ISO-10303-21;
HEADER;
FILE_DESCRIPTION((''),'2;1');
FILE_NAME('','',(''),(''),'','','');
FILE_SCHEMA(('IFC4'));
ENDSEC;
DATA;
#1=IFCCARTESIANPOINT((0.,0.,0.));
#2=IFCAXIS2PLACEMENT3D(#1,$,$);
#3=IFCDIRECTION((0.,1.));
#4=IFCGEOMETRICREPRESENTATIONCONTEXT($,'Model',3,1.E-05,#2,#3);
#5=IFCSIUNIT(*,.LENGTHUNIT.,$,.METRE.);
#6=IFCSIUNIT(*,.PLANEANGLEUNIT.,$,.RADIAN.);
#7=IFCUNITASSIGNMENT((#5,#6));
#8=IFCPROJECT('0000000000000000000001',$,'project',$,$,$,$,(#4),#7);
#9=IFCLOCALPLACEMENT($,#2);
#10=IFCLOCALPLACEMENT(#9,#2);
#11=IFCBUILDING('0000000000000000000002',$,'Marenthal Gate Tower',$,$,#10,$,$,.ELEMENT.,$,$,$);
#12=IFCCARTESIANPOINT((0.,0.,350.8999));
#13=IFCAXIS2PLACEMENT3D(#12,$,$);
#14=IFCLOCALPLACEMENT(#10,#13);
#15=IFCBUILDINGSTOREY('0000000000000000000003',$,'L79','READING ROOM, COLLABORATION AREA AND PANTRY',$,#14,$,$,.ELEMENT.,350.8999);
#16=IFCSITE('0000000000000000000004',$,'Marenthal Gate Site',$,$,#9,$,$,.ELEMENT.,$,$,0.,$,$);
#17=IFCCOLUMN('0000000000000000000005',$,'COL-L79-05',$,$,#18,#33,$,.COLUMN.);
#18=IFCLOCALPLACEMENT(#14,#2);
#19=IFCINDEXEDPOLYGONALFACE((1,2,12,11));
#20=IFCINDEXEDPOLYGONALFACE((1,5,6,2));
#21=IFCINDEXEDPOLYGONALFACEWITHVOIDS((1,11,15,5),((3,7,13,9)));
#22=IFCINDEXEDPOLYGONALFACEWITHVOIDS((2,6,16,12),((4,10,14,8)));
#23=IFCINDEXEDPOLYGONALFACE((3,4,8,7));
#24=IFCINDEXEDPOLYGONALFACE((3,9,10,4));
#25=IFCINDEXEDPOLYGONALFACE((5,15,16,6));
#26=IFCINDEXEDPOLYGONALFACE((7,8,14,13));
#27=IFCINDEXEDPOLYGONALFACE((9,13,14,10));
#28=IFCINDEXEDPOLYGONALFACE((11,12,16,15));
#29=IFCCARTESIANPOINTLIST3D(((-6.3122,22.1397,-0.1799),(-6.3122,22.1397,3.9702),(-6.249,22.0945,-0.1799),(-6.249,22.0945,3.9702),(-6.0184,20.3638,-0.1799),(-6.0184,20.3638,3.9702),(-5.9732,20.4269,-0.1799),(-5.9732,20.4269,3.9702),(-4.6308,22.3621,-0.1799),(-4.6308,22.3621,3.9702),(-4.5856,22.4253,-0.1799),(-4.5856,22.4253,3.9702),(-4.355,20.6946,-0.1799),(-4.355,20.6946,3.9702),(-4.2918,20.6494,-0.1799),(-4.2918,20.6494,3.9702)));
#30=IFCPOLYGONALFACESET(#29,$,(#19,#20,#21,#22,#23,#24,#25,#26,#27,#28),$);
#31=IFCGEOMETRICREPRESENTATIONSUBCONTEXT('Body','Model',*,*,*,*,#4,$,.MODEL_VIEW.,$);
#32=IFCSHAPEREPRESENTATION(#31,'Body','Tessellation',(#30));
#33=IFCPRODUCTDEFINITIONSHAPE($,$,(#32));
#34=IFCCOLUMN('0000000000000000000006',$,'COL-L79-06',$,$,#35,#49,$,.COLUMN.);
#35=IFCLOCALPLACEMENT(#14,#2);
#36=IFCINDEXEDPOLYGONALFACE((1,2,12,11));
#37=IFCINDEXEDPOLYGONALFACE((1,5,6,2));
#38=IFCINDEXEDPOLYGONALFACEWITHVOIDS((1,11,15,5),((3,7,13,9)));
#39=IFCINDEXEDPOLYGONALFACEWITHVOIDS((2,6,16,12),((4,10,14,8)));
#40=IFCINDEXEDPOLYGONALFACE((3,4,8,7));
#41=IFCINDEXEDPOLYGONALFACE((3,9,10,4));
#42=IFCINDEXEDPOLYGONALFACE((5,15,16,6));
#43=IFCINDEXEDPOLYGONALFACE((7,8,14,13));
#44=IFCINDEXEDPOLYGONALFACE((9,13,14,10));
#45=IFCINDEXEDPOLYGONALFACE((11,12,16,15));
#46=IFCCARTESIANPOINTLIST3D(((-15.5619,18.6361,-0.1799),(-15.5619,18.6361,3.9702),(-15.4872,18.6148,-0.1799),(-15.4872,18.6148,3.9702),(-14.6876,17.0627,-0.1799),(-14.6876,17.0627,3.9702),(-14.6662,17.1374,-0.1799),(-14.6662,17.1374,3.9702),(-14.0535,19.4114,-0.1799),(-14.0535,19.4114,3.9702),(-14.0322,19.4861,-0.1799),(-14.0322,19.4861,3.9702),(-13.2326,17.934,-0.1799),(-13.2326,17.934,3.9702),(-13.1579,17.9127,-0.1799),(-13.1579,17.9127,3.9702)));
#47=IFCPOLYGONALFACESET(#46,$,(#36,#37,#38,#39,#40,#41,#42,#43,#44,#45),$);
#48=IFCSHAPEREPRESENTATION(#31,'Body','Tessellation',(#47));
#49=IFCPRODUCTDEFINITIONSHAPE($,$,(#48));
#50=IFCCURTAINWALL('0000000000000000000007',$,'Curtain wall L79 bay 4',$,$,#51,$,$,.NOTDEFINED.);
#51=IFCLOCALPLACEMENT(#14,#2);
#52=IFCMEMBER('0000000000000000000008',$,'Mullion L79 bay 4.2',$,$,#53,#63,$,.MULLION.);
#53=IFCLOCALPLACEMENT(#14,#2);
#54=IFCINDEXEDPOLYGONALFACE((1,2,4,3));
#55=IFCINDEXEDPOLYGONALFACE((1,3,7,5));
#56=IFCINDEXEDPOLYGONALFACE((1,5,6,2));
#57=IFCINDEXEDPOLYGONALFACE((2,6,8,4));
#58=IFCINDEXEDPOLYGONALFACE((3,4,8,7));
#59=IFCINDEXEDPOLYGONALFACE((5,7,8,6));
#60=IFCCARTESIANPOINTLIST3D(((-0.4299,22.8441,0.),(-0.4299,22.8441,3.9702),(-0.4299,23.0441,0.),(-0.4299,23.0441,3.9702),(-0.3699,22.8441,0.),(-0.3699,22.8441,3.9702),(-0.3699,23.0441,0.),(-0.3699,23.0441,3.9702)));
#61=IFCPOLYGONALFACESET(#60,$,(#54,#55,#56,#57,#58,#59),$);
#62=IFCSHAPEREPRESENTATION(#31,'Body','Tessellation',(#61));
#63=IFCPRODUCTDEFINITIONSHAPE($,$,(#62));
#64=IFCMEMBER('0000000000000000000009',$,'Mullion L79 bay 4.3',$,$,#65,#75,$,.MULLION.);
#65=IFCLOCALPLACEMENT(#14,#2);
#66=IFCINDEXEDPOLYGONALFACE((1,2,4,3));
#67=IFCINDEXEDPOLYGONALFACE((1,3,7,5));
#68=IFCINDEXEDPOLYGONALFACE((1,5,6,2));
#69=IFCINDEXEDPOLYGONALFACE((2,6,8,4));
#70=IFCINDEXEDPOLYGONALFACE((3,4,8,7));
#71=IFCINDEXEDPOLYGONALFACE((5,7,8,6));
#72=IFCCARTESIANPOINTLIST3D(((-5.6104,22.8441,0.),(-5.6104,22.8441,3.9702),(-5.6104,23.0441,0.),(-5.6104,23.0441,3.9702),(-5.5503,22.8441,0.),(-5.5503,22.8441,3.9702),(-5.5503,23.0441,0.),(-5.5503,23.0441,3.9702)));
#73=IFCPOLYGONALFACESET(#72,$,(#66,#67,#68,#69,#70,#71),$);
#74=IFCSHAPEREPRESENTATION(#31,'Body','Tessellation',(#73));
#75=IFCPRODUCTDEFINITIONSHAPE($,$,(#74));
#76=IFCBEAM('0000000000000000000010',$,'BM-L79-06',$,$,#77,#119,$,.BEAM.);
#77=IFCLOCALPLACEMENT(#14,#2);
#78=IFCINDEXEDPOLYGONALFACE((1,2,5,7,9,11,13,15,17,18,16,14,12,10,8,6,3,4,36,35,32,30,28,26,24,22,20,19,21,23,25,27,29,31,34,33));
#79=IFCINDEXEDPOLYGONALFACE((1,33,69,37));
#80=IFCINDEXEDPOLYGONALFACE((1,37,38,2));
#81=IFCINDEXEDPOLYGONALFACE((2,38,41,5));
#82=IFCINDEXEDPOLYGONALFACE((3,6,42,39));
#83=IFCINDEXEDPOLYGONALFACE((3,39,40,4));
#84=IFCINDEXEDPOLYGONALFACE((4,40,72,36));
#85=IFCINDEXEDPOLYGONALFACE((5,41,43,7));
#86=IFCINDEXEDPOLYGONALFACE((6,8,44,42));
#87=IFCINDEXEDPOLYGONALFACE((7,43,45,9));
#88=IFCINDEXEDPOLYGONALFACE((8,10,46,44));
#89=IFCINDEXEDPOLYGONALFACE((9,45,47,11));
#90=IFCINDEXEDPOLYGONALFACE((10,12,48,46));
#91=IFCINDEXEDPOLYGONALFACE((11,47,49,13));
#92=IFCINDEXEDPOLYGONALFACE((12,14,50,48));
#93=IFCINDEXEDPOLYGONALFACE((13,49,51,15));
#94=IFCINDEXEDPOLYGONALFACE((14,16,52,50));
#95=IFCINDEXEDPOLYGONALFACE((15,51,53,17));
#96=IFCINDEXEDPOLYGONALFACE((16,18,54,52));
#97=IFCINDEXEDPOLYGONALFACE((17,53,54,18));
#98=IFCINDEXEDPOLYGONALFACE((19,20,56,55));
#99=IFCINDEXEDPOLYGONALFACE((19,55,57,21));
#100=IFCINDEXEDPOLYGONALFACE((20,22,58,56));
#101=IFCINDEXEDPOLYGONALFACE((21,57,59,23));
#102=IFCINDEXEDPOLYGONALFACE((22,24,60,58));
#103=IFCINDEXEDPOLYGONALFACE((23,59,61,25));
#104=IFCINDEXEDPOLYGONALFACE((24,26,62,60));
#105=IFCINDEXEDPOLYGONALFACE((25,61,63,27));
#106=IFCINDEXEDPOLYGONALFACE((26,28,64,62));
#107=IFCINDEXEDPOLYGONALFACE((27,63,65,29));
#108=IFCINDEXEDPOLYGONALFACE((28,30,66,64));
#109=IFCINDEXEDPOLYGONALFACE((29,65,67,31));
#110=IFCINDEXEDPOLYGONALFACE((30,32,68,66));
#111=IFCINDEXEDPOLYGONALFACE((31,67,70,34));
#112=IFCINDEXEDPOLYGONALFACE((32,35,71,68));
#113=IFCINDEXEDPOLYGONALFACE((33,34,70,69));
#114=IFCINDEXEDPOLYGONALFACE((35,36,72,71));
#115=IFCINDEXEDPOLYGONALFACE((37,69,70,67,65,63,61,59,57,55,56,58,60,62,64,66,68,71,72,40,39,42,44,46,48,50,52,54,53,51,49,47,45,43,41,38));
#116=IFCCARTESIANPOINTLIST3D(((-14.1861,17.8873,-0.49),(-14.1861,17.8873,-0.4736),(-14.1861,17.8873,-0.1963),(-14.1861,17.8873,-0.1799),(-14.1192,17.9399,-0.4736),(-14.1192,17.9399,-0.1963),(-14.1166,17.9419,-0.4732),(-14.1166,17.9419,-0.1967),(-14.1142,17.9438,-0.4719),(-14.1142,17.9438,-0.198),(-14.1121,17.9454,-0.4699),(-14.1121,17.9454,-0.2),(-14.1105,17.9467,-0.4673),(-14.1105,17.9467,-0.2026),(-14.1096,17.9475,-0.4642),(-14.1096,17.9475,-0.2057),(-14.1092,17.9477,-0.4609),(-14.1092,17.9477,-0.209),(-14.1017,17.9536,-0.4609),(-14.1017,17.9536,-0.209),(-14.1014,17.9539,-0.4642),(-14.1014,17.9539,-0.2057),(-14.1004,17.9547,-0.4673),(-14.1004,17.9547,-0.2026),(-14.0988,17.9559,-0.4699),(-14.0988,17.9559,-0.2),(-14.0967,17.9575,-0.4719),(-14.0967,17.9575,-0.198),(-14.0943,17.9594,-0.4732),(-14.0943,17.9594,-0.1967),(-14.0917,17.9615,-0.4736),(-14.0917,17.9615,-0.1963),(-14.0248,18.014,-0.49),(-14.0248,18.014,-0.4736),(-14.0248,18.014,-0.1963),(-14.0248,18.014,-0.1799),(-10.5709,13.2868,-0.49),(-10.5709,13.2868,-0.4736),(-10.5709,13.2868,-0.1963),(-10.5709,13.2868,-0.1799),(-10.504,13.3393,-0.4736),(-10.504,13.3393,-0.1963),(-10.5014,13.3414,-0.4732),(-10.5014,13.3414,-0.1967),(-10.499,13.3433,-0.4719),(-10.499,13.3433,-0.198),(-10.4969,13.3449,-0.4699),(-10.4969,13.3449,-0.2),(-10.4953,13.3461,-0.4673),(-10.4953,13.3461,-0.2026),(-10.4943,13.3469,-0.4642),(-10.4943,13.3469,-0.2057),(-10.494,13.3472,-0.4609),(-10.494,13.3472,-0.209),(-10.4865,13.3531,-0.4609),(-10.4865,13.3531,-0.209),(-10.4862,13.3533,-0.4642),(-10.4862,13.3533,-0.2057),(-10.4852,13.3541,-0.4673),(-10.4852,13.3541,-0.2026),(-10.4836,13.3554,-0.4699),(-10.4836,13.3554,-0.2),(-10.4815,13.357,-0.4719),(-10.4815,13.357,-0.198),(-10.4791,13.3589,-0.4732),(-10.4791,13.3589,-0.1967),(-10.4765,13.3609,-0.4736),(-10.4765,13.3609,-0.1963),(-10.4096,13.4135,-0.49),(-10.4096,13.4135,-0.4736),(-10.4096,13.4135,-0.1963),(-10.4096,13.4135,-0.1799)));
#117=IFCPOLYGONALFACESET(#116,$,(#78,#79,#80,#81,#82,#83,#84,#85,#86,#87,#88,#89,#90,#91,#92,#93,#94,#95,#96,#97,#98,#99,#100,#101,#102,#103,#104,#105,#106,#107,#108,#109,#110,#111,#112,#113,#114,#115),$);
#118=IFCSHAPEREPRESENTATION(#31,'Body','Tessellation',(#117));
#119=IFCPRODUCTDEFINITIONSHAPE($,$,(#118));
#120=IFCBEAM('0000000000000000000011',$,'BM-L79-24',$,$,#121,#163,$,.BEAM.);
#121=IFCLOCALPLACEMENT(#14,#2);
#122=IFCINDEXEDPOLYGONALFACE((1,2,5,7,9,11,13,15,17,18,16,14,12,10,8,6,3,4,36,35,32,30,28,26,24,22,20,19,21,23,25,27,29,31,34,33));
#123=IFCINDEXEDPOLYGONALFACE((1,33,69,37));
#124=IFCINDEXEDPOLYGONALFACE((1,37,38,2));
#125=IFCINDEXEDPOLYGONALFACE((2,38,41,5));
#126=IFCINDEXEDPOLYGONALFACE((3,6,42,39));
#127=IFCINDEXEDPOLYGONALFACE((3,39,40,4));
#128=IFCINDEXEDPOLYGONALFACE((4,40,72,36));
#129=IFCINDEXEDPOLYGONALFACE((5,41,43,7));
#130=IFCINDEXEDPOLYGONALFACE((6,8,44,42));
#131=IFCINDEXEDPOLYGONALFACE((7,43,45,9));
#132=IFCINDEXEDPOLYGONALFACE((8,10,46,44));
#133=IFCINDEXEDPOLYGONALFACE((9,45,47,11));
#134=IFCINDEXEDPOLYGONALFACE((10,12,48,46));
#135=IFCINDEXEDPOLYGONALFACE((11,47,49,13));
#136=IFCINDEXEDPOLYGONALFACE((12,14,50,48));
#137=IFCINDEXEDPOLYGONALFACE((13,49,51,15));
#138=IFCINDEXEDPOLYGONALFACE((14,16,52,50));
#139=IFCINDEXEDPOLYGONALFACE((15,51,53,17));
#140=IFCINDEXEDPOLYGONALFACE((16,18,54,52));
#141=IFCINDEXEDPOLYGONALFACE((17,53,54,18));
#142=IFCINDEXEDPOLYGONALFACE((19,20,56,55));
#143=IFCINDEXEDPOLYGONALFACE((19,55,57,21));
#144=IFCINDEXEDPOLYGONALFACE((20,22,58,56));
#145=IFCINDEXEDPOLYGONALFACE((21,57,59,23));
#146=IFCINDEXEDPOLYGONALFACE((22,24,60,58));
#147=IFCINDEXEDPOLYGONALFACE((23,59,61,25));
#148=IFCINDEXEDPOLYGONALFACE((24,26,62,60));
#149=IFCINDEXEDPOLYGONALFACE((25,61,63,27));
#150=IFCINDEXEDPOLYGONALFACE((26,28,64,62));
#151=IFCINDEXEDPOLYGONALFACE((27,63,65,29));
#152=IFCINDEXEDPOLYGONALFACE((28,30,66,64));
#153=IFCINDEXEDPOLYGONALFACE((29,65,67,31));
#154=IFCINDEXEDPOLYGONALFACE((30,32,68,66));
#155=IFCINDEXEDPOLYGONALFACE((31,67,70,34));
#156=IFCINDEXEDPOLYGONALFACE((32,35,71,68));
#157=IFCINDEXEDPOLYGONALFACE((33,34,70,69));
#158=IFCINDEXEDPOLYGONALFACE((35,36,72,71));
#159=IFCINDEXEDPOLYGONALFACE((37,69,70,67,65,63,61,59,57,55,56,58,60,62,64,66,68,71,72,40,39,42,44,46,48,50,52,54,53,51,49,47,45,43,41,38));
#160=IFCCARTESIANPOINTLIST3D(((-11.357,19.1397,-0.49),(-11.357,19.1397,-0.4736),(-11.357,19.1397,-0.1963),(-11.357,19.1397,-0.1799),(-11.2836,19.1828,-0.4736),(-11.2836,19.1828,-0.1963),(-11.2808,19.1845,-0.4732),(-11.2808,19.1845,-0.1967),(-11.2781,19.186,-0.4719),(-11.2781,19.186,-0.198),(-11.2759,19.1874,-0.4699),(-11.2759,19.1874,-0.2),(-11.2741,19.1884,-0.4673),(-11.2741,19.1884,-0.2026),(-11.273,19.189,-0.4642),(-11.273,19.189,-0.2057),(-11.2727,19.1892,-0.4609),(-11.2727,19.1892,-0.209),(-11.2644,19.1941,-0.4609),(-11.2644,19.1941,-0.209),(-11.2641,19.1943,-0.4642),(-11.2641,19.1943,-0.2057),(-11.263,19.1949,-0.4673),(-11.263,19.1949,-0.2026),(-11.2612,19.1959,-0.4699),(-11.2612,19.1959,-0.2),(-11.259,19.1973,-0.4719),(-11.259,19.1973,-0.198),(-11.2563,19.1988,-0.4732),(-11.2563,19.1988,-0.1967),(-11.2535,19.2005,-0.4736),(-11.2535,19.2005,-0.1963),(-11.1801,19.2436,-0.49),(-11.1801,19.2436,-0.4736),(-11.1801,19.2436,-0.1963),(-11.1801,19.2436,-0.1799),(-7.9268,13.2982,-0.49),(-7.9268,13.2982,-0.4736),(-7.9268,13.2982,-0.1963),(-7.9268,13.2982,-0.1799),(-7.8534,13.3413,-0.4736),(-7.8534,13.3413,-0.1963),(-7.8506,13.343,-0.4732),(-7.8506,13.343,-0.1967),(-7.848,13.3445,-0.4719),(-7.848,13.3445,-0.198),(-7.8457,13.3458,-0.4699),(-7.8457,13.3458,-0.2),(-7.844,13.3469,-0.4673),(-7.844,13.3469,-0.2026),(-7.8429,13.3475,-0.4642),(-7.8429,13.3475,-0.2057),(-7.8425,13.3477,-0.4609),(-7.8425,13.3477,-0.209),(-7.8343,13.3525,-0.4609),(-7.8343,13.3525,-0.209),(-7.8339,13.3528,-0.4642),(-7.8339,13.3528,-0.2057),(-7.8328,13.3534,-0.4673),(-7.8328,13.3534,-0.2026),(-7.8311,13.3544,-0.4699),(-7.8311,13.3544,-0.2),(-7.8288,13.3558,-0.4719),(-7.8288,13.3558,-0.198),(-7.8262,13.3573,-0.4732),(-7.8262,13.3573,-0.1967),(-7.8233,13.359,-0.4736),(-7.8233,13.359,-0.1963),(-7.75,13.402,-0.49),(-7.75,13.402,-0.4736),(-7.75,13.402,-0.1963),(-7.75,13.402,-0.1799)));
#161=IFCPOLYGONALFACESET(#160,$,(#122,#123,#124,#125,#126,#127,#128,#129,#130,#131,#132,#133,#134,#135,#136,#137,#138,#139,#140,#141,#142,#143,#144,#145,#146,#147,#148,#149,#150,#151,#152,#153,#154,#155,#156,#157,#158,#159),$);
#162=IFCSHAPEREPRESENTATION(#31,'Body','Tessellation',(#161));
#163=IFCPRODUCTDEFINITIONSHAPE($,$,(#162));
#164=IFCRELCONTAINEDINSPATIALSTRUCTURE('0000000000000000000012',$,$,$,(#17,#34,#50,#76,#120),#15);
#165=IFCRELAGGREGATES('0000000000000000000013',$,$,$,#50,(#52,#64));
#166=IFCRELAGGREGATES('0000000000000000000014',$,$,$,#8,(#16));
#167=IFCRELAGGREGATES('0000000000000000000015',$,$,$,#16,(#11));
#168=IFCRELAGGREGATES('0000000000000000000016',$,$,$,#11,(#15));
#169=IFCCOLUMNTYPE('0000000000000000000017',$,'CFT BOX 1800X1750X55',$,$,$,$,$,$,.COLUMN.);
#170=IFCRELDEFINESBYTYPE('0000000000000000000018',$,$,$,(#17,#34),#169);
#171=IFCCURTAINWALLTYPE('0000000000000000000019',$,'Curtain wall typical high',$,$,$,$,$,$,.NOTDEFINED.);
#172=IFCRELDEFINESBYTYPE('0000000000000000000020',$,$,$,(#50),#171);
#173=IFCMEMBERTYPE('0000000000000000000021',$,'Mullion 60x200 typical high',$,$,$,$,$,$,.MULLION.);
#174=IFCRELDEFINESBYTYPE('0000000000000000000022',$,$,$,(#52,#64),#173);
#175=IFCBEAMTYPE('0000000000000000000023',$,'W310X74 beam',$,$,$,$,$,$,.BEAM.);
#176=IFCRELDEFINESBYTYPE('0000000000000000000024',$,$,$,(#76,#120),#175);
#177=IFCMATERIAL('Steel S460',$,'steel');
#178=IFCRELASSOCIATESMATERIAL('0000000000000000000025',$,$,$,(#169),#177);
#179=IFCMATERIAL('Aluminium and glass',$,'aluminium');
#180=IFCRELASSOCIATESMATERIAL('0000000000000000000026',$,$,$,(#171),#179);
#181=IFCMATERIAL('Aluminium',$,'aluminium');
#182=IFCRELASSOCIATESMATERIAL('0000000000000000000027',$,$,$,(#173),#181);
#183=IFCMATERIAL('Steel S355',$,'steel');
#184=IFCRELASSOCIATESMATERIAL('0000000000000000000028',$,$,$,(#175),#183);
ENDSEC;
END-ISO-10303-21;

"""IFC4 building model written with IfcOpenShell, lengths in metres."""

from ifc_helpers import new_model, si_unit, direction, frame, origin, origin_2d, place, context, subcontext, project, spatial, rectangle, hollow_rectangle, i_section, extrude, material, material_profile, profile_set, type_object, element, aggregate, save


model = new_model("IFC4")

# Units and contexts
model_context = context("Model", 3, precision=1e-05, world=origin(), true_north=direction((0.0, 1.0)))
body_context = subcontext(model_context, "Body", "Model", "MODEL_VIEW")
ifc_project = project(units=[si_unit("LENGTHUNIT", "METRE"), si_unit("PLANEANGLEUNIT", "RADIAN")], contexts=[model_context])

# Site, building, storey
site_placement = place(None, origin())
site = spatial("IfcSite", under=ifc_project, at=site_placement, Name="Marenthal Gate Site", CompositionType="ELEMENT", RefElevation=0.0)
building_placement = place(site_placement, origin())
building = spatial("IfcBuilding", under=site, at=building_placement, Name="Marenthal Gate Tower", CompositionType="ELEMENT")
storey_placement = place(building_placement, frame((0.0, 0.0, 350.8999)))
storey = spatial("IfcBuildingStorey", under=building, at=storey_placement, Name="L79", Description="READING ROOM, COLLABORATION AREA AND PANTRY", CompositionType="ELEMENT", Elevation=350.8999)

# Columns
ifc_material_1 = material(Name="Steel S460", Category="steel")
ifc_material_profile_1 = material_profile(ifc_material_1, hollow_rectangle(XDim=1.75, YDim=1.8, WallThickness=0.0549, at=origin_2d()), Name="CFT BOX 1800X1750X55")
ifc_material_2 = material(Name="Concrete 70 MPa", Category="concrete")
ifc_material_profile_2 = material_profile(ifc_material_2, rectangle(XDim=1.6399, YDim=1.6899, at=origin_2d()), Name="CFT BOX 1800X1750X55 INFILL")
ifc_profile_set_1 = profile_set([ifc_material_profile_1, ifc_material_profile_2], Name="Steel S460 shell, Concrete 70 MPa infill")
column_type = type_object("IfcColumnType", Name="CFT BOX 1800X1750X55", PredefinedType="COLUMN", material=ifc_profile_set_1)
for number, where, z_axis, x_axis, name in (
    (1, (-5.302, 21.3945, -0.1799), (0.0, 0.0, 1.0), (0.986593, 0.1632, 0.0), "COL-L79-05"),
    (2, (-14.3599, 18.2744, -0.1799), (0.0, 0.0, 1.0), (0.874116, 0.485718, 0.0), "COL-L79-06"),
):
    element("IfcColumn", number, at=place(storey_placement, frame(where, z_axis=z_axis, x_axis=x_axis)), inside=storey, type_object=column_type, Name=name, PredefinedType="COLUMN", context=body_context, shape_type="SweptSolid", body=[
        extrude(hollow_rectangle(XDim=1.75, YDim=1.8, WallThickness=0.0549, at=origin_2d()), origin(), (0.0, 0.0, 1.0), 4.1501),
    ])

# Curtain wall, members
ifc_material_3 = material(Name="Aluminium and glass", Category="aluminium")
curtain_wall_type = type_object("IfcCurtainWallType", Name="Curtain wall typical high", PredefinedType="NOTDEFINED", material=ifc_material_3)
curtain_wall_placement = place(storey_placement, origin())
curtain_wall = element("IfcCurtainWall", 3, at=curtain_wall_placement, inside=storey, type_object=curtain_wall_type, Name="Curtain wall L79 bay 4", PredefinedType="NOTDEFINED")
ifc_material_4 = material(Name="Aluminium", Category="aluminium")
ifc_material_profile_3 = material_profile(ifc_material_4, rectangle(XDim=0.2, YDim=0.0601, at=origin_2d()), Name="60x200 aluminium mullion")
ifc_profile_set_2 = profile_set([ifc_material_profile_3], Name="Aluminium")
member_type = type_object("IfcMemberType", Name="Mullion 60x200 typical high", PredefinedType="MULLION", material=ifc_profile_set_2)
member_1_placement = place(storey_placement, frame((-0.3999, 22.9441, 0.0), z_axis=(0.0, 0.0, 1.0), x_axis=(0.0, -1.0, 0.0)))
member_1 = element("IfcMember", 4, at=member_1_placement, type_object=member_type, Name="Mullion L79 bay 4.2", PredefinedType="MULLION", context=body_context, shape_type="SweptSolid", body=[
    extrude(rectangle(XDim=0.2, YDim=0.0601, at=origin_2d()), origin(), (0.0, 0.0, 1.0), 3.9702),
])
member_2_placement = place(storey_placement, frame((-5.5803, 22.9441, 0.0), z_axis=(0.0, 0.0, 1.0), x_axis=(0.0, -1.0, 0.0)))
member_2 = element("IfcMember", 5, at=member_2_placement, type_object=member_type, Name="Mullion L79 bay 4.3", PredefinedType="MULLION", context=body_context, shape_type="SweptSolid", body=[
    extrude(rectangle(XDim=0.2, YDim=0.0601, at=origin_2d()), origin(), (0.0, 0.0, 1.0), 3.9702),
])

# Beams
ifc_material_5 = material(Name="Steel S355", Category="steel")
ifc_material_profile_4 = material_profile(ifc_material_5, i_section(OverallWidth=0.2051, OverallDepth=0.3101, WebThickness=0.0095, FlangeThickness=0.0164, FilletRadius=0.0127, at=origin_2d()), Name="W310X74")
ifc_profile_set_3 = profile_set([ifc_material_profile_4], Name="Steel S355")
beam_type_1 = type_object("IfcBeamType", Name="W310X74 beam", PredefinedType="BEAM", material=ifc_profile_set_3)
beam_1_placement = place(storey_placement, frame((-14.1055, 17.9507, -0.335), z_axis=(0.617873, -0.786278, 0.0), x_axis=(0.786278, 0.617873, 0.0)))
element("IfcBeam", 6, at=beam_1_placement, inside=storey, type_object=beam_type_1, Name="BM-L79-06", PredefinedType="BEAM", context=body_context, shape_type="SweptSolid", body=[
    extrude(i_section(OverallWidth=0.2051, OverallDepth=0.3101, WebThickness=0.0095, FlangeThickness=0.0164, FilletRadius=0.0127, at=origin_2d()), origin(), (0.0, 0.0, 1.0), 5.8511),
])
beam_2_placement = place(storey_placement, frame((-11.2686, 19.1917, -0.335), z_axis=(0.506358, -0.862323, 0.0), x_axis=(0.862323, 0.506358, 0.0)))
element("IfcBeam", 7, at=beam_2_placement, inside=storey, type_object=beam_type_1, Name="BM-L79-24", PredefinedType="BEAM", context=body_context, shape_type="SweptSolid", body=[
    extrude(i_section(OverallWidth=0.2051, OverallDepth=0.3101, WebThickness=0.0095, FlangeThickness=0.0164, FilletRadius=0.0127, at=origin_2d()), origin(), (0.0, 0.0, 1.0), 6.7742),
])

aggregate(curtain_wall, [member_1, member_2])

save(model, "model.ifc")
